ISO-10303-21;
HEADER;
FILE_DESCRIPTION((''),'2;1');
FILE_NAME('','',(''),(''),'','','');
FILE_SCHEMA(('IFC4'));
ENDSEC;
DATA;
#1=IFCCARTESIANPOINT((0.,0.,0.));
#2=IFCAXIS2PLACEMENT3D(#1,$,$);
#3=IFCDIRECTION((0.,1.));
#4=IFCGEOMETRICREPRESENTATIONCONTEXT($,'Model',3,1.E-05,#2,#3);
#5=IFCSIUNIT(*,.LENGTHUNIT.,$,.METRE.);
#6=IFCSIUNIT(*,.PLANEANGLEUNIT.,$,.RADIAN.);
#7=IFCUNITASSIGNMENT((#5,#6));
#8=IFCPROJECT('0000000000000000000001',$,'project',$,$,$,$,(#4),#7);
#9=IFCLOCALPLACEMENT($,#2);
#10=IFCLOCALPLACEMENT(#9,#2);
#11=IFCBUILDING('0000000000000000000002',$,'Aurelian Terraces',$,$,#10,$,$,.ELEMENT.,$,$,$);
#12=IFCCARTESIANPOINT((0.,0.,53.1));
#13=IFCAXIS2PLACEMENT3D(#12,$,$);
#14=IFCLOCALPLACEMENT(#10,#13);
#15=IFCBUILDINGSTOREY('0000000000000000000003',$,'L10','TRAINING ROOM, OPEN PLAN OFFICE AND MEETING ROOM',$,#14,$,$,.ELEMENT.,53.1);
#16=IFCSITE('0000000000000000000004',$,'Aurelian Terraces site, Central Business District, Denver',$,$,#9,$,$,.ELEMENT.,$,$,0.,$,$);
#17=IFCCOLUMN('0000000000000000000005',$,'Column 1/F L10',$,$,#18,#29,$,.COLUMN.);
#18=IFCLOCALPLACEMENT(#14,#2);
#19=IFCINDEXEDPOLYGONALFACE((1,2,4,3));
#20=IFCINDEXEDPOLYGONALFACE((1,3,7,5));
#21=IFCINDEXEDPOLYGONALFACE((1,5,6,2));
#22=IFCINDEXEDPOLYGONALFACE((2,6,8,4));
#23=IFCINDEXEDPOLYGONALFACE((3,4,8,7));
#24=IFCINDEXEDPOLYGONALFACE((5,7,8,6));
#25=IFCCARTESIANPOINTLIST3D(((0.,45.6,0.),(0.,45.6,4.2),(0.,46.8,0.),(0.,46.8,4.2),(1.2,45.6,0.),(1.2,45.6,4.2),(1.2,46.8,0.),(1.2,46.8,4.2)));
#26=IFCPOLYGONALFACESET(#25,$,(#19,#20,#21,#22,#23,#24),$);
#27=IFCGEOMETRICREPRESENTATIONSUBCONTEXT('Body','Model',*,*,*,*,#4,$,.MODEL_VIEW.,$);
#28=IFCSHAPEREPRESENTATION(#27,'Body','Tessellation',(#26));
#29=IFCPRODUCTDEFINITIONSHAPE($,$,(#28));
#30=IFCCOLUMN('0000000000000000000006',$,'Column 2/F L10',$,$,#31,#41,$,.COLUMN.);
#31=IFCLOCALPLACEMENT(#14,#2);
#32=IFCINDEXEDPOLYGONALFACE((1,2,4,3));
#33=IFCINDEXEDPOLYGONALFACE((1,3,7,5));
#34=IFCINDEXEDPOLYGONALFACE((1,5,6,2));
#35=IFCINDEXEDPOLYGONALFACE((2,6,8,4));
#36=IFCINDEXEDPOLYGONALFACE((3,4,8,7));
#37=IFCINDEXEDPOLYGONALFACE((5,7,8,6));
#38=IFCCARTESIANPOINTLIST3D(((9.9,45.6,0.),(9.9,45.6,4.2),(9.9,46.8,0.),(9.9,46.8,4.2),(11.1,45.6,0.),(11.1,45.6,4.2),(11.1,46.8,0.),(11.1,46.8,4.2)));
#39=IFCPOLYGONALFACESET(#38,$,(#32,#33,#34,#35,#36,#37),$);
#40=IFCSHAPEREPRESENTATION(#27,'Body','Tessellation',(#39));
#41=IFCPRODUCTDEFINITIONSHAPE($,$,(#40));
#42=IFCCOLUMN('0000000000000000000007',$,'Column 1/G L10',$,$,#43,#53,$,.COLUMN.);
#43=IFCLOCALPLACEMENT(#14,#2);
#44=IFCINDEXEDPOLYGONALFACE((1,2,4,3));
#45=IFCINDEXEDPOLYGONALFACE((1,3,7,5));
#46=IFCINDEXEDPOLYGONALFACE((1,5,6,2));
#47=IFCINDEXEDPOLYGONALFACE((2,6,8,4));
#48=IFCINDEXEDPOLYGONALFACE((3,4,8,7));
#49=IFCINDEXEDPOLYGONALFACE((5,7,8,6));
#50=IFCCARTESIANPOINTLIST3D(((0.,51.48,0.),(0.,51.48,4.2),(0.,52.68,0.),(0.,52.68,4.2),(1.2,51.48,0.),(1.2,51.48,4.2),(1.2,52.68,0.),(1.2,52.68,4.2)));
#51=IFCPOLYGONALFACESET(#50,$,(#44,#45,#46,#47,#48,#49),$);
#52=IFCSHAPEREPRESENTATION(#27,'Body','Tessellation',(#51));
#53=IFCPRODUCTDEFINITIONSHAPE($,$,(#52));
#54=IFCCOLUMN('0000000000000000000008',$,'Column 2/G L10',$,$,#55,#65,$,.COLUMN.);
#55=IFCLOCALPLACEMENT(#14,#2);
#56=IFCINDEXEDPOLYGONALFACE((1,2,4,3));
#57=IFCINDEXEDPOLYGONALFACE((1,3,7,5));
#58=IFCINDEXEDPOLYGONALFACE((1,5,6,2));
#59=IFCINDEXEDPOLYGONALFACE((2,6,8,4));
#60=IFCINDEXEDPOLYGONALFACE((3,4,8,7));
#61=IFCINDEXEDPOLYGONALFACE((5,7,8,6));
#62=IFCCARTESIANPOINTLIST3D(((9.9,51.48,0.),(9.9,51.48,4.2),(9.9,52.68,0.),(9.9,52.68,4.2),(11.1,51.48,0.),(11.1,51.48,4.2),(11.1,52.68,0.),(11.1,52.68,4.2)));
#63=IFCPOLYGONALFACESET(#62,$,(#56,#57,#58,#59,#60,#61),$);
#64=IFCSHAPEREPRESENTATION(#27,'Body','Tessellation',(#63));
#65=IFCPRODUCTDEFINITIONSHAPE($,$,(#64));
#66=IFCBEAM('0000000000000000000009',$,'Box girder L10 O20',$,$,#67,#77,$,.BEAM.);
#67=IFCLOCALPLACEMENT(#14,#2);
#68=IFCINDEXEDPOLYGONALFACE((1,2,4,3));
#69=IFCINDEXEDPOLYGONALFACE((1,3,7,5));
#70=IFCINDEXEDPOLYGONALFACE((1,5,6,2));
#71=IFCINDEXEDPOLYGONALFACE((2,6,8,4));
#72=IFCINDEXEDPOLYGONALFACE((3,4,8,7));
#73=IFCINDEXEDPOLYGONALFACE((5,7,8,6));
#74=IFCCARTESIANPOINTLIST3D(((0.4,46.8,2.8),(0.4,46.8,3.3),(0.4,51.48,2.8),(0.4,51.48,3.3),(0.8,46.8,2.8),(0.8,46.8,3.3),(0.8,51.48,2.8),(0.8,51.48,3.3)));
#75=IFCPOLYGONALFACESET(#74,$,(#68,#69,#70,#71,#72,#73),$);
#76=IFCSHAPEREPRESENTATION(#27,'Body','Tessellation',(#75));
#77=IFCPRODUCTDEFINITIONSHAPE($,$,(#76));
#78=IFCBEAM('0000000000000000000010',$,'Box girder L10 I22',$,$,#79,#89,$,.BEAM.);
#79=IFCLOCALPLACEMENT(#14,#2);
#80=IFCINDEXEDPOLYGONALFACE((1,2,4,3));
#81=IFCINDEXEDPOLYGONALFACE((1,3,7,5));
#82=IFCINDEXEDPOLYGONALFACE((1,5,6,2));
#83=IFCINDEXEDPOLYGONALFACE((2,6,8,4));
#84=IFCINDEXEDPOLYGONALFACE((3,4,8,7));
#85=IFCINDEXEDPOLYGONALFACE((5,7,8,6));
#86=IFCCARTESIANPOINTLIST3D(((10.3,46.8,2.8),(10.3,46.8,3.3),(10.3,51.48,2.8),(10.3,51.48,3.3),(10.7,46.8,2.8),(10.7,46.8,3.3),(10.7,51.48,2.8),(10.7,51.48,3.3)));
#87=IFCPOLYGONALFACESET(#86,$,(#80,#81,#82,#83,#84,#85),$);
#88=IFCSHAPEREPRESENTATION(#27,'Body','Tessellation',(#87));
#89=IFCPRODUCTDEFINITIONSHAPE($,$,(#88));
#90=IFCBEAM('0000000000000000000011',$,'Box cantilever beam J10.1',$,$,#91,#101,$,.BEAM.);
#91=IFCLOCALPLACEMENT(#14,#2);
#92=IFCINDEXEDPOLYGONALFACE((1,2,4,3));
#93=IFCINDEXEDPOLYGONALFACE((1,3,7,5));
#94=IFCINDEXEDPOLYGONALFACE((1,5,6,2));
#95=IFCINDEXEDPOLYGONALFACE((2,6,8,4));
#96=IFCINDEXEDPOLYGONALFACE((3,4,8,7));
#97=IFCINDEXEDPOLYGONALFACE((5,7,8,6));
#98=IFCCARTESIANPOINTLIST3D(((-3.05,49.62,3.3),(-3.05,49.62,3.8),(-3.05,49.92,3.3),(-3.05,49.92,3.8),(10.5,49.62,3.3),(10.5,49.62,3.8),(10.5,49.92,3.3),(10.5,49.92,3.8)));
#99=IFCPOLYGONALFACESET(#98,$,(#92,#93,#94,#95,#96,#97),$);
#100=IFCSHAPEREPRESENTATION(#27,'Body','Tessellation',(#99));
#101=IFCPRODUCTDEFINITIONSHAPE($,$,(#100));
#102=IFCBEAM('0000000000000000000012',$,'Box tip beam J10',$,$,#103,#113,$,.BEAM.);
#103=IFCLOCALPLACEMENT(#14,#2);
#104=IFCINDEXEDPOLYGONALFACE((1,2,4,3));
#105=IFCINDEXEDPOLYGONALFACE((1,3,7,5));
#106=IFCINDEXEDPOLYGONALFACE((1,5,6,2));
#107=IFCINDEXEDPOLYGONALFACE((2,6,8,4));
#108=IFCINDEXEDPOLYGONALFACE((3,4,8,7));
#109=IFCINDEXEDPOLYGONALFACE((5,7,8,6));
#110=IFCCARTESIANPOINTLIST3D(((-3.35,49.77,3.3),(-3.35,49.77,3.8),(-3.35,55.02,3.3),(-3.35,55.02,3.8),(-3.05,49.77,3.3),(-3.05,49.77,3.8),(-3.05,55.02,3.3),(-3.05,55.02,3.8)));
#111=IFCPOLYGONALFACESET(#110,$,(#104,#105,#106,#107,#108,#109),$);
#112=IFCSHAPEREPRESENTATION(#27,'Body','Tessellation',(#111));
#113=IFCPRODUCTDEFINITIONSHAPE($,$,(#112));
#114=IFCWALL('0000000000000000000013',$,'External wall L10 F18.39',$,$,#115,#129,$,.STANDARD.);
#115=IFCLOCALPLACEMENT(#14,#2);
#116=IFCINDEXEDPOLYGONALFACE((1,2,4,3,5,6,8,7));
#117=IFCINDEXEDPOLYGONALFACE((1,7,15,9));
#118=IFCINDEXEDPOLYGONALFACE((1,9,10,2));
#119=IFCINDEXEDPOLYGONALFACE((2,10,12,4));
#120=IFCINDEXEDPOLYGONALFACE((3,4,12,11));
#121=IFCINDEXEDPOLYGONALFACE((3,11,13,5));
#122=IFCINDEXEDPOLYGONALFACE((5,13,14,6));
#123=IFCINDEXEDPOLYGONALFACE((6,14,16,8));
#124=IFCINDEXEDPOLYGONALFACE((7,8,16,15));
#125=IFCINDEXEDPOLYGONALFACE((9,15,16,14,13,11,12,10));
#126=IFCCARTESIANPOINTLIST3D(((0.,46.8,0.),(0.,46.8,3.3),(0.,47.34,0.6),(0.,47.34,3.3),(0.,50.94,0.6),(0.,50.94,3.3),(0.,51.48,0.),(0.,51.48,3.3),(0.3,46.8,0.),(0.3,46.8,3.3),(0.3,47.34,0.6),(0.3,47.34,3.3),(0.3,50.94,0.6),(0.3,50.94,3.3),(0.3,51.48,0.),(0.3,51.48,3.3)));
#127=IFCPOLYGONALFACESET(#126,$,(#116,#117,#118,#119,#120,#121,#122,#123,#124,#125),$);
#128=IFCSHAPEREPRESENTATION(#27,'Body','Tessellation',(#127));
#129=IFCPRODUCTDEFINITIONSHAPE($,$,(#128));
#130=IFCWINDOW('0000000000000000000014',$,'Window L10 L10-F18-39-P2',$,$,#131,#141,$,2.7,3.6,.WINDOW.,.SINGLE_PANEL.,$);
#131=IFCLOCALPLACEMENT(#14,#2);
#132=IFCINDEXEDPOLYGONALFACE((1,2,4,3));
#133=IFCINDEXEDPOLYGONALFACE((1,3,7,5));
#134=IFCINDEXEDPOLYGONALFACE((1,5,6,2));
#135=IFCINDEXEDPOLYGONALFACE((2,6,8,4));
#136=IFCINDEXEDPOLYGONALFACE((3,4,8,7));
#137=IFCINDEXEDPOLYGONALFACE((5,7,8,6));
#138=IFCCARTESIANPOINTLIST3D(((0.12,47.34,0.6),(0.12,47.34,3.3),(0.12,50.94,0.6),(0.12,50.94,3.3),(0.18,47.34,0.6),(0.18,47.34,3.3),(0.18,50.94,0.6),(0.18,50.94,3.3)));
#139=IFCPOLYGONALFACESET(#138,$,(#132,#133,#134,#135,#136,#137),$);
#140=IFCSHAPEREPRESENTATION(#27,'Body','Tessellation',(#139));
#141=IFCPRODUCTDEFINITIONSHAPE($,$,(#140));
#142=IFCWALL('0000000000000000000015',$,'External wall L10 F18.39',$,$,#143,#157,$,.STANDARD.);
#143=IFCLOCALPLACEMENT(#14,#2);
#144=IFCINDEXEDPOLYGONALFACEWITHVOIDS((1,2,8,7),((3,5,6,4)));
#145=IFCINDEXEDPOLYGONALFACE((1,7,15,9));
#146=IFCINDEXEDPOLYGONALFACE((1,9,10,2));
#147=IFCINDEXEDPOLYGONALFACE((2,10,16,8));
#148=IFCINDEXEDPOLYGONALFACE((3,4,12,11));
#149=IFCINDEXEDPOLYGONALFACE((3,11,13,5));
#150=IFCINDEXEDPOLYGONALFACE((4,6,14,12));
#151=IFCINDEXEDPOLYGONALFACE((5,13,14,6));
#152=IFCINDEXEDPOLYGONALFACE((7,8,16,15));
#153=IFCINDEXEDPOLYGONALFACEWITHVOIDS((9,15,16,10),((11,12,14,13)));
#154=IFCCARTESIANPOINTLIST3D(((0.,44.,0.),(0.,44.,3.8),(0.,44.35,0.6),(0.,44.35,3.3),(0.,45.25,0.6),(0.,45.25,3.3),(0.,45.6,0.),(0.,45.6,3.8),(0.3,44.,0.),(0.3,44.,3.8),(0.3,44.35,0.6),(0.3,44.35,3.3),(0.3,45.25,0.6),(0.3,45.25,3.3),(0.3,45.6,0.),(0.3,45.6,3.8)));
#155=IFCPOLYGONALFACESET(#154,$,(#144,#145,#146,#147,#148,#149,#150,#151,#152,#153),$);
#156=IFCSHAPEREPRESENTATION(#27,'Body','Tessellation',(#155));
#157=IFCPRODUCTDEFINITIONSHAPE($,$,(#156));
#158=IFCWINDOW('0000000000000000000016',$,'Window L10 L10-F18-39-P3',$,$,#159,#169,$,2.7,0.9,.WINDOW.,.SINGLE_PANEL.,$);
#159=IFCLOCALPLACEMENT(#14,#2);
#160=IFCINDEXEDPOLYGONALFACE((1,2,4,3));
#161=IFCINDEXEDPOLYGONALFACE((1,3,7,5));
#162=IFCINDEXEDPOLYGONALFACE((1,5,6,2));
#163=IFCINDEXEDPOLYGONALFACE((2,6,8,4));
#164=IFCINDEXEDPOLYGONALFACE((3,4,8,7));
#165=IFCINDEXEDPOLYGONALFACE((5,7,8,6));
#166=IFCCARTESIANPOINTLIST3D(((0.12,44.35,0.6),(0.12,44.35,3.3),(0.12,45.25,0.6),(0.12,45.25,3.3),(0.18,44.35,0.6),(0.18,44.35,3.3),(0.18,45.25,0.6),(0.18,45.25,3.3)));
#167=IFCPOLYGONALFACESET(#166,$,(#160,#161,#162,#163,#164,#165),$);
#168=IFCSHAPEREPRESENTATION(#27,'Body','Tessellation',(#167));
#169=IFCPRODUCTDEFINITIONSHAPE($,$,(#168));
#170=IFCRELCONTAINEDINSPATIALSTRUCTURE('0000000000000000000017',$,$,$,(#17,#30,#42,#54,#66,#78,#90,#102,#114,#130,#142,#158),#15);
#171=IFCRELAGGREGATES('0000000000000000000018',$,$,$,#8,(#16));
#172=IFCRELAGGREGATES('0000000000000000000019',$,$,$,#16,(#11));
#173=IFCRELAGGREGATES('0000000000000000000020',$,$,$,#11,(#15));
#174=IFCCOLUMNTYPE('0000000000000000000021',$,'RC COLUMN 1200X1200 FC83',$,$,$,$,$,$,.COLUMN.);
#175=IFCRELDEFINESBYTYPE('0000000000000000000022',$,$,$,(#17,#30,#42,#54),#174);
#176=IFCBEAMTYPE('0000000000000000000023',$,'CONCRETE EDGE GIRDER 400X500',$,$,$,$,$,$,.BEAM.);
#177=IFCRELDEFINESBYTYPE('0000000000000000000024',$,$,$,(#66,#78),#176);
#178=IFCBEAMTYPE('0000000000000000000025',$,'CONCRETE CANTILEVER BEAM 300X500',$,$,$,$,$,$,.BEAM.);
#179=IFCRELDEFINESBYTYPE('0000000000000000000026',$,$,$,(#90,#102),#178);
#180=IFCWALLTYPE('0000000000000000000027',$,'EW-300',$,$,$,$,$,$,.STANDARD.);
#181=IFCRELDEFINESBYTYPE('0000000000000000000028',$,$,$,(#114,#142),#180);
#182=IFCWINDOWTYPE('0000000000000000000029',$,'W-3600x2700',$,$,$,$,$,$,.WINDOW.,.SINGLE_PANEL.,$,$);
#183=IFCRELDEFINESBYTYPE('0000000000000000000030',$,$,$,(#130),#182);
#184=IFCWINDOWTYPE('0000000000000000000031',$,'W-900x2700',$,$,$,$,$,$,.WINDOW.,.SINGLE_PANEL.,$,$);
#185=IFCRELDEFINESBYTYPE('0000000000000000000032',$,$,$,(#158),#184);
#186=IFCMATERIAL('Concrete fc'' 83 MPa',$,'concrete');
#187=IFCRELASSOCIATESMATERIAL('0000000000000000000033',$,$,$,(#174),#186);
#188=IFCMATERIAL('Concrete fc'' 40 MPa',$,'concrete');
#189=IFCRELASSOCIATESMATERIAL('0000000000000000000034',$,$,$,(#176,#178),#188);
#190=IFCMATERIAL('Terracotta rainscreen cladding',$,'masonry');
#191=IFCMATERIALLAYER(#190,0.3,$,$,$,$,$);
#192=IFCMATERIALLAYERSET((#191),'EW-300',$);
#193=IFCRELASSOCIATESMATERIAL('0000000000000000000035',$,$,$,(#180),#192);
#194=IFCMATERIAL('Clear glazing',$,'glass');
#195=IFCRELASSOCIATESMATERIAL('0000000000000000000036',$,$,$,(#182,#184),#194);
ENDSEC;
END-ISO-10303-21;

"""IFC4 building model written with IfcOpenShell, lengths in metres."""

from ifc_helpers import new_model, si_unit, direction, frame, frame_2d, origin, origin_2d, place, context, subcontext, project, spatial, rectangle, extrude, source, transform, mapped, material, layer, layer_set, material_profile, profile_set, type_object, element, fill, save


model = new_model("IFC4")

# Units and contexts
model_context = context("Model", 3, precision=1e-05, world=origin(), true_north=direction((0.0, 1.0)))
body_context = subcontext(model_context, "Body", "Model", "MODEL_VIEW")
ifc_project = project(units=[si_unit("LENGTHUNIT", "METRE"), si_unit("PLANEANGLEUNIT", "RADIAN")], contexts=[model_context])

# Site, building, storey
site_placement = place(None, origin())
site = spatial("IfcSite", under=ifc_project, at=site_placement, Name="Aurelian Terraces site, Central Business District, Denver", CompositionType="ELEMENT", RefElevation=0.0)
building_placement = place(site_placement, origin())
building = spatial("IfcBuilding", under=site, at=building_placement, Name="Aurelian Terraces", CompositionType="ELEMENT")
storey_placement = place(building_placement, frame((0.0, 0.0, 53.1)))
storey = spatial("IfcBuildingStorey", under=building, at=storey_placement, Name="L10", Description="TRAINING ROOM, OPEN PLAN OFFICE AND MEETING ROOM", CompositionType="ELEMENT", Elevation=53.1)

# Columns
ifc_material_1 = material(Name="Concrete fc' 83 MPa", Category="concrete")
ifc_material_profile_1 = material_profile(ifc_material_1, rectangle(XDim=1.2, YDim=1.2, at=origin_2d()))
ifc_profile_set_1 = profile_set([ifc_material_profile_1], Name="Concrete fc' 83 MPa")
column_type = type_object("IfcColumnType", Name="RC COLUMN 1200X1200 FC83", PredefinedType="COLUMN", material=ifc_profile_set_1)
shared_shape_1 = source(origin(), body_context, "Body", "SweptSolid", [
    extrude(rectangle(XDim=1.2, YDim=1.2, at=origin_2d()), origin(), (0.0, 0.0, 1.0), 4.2),
])
for number, where, z_axis, x_axis, name in (
    (1, (0.6, 46.2, 0.0), (0.0, 0.0, 1.0), (1.0, 0.0, 0.0), "Column 1/F L10"),
    (2, (10.5, 46.2, 0.0), (0.0, 0.0, 1.0), (1.0, 0.0, 0.0), "Column 2/F L10"),
    (3, (0.6, 52.08, 0.0), (0.0, 0.0, 1.0), (1.0, 0.0, 0.0), "Column 1/G L10"),
    (4, (10.5, 52.08, 0.0), (0.0, 0.0, 1.0), (1.0, 0.0, 0.0), "Column 2/G L10"),
):
    element("IfcColumn", number, at=place(storey_placement, frame(where, z_axis=z_axis, x_axis=x_axis)), inside=storey, type_object=column_type, Name=name, PredefinedType="COLUMN", context=body_context, shape_type="MappedRepresentation", body=[
        mapped(shared_shape_1, transform((0.0, 0.0, 0.0), scale=1.0)),
    ])

# Beams
ifc_material_2 = material(Name="Concrete fc' 40 MPa", Category="concrete")
ifc_material_profile_2 = material_profile(ifc_material_2, rectangle(XDim=0.4, YDim=0.5, at=origin_2d()))
ifc_profile_set_2 = profile_set([ifc_material_profile_2], Name="Concrete fc' 40 MPa")
beam_type_1 = type_object("IfcBeamType", Name="CONCRETE EDGE GIRDER 400X500", PredefinedType="BEAM", material=ifc_profile_set_2)
shared_shape_2 = source(origin(), body_context, "Body", "SweptSolid", [
    extrude(rectangle(XDim=0.4, YDim=0.5, at=origin_2d()), origin(), (0.0, 0.0, 1.0), 4.68),
])
for number, where, z_axis, x_axis, name in (
    (5, (0.6, 46.8, 3.05), (0.0, 1.0, 0.0), (-1.0, 0.0, 0.0), "Box girder L10 O20"),
    (6, (10.5, 46.8, 3.05), (0.0, 1.0, 0.0), (-1.0, 0.0, 0.0), "Box girder L10 I22"),
):
    element("IfcBeam", number, at=place(storey_placement, frame(where, z_axis=z_axis, x_axis=x_axis)), inside=storey, type_object=beam_type_1, Name=name, PredefinedType="BEAM", context=body_context, shape_type="MappedRepresentation", body=[
        mapped(shared_shape_2, transform((0.0, 0.0, 0.0), scale=1.0)),
    ])
ifc_material_profile_3 = material_profile(ifc_material_2, rectangle(XDim=0.3, YDim=0.5, at=origin_2d()))
ifc_profile_set_3 = profile_set([ifc_material_profile_3], Name="Concrete fc' 40 MPa")
beam_type_2 = type_object("IfcBeamType", Name="CONCRETE CANTILEVER BEAM 300X500", PredefinedType="BEAM", material=ifc_profile_set_3)
shared_shape_3 = source(origin(), body_context, "Body", "SweptSolid", [
    extrude(rectangle(XDim=0.3, YDim=0.5, at=origin_2d()), origin(), (0.0, 0.0, 1.0), 13.55),
])
beam_1_placement = place(storey_placement, frame((-3.05, 49.77, 3.55), z_axis=(1.0, 0.0, 0.0), x_axis=(0.0, 1.0, 0.0)))
element("IfcBeam", 7, at=beam_1_placement, inside=storey, type_object=beam_type_2, Name="Box cantilever beam J10.1", PredefinedType="BEAM", context=body_context, shape_type="MappedRepresentation", body=[
    mapped(shared_shape_3, transform((0.0, 0.0, 0.0), scale=1.0)),
])
shared_shape_4 = source(origin(), body_context, "Body", "SweptSolid", [
    extrude(rectangle(XDim=0.3, YDim=0.5, at=origin_2d()), origin(), (0.0, 0.0, 1.0), 5.25),
])
beam_2_placement = place(storey_placement, frame((-3.2, 49.77, 3.55), z_axis=(0.0, 1.0, 0.0), x_axis=(-1.0, 0.0, 0.0)))
element("IfcBeam", 8, at=beam_2_placement, inside=storey, type_object=beam_type_2, Name="Box tip beam J10", PredefinedType="BEAM", context=body_context, shape_type="MappedRepresentation", body=[
    mapped(shared_shape_4, transform((0.0, 0.0, 0.0), scale=1.0)),
])

# Walls, openings, windows
ifc_material_3 = material(Name="Terracotta rainscreen cladding", Category="masonry")
ifc_layer_1 = layer(ifc_material_3, 0.3)
ifc_layer_set_1 = layer_set([ifc_layer_1], Name="EW-300")
wall_type_1 = type_object("IfcWallType", Name="EW-300", PredefinedType="STANDARD", material=ifc_layer_set_1)
shared_shape_5 = source(origin(), body_context, "Body", "SweptSolid", [
    extrude(rectangle(XDim=4.68, YDim=0.3, at=frame_2d((2.34, 0.0))), origin(), (0.0, 0.0, 1.0), 3.3),
])
wall_1_placement = place(storey_placement, frame((0.15, 51.48, 0.0), z_axis=(0.0, 0.0, 1.0), x_axis=(0.0, -1.0, 0.0)))
wall_1 = element("IfcWall", 9, at=wall_1_placement, inside=storey, type_object=wall_type_1, Name="External wall L10 F18.39", PredefinedType="STANDARD", context=body_context, shape_type="MappedRepresentation", body=[
    mapped(shared_shape_5, transform((0.0, 0.0, 0.0), scale=1.0)),
])
shared_shape_6 = source(origin(), body_context, "Body", "SweptSolid", [
    extrude(rectangle(XDim=3.6, YDim=2.7, at=frame_2d((1.8, 1.35))), frame((0.0, 0.16, 0.0), z_axis=(0.0, -1.0, 0.0), x_axis=(1.0, 0.0, 0.0)), (0.0, 0.0, 1.0), 0.32),
])
opening_1_placement = place(wall_1_placement, frame((0.54, 0.0, 0.6)))
opening_1 = element("IfcOpeningElement", 10, at=opening_1_placement, cuts=wall_1, PredefinedType="OPENING", context=body_context, shape_type="MappedRepresentation", body=[
    mapped(shared_shape_6, transform((0.0, 0.0, 0.0), scale=1.0)),
])
ifc_material_4 = material(Name="Clear glazing", Category="glass")
window_type_1 = type_object("IfcWindowType", Name="W-3600x2700", PartitioningType="SINGLE_PANEL", PredefinedType="WINDOW", material=ifc_material_4)
shared_shape_7 = source(origin(), body_context, "Body", "SweptSolid", [
    extrude(rectangle(XDim=3.6, YDim=2.7, at=frame_2d((1.8, 1.35))), frame((0.0, 0.03, 0.0), z_axis=(0.0, -1.0, 0.0), x_axis=(1.0, 0.0, 0.0)), (0.0, 0.0, 1.0), 0.06),
])
window_1_placement = place(opening_1_placement, origin())
window_1 = element("IfcWindow", 11, at=window_1_placement, inside=storey, type_object=window_type_1, Name="Window L10 L10-F18-39-P2", OverallHeight=2.7, OverallWidth=3.6, PartitioningType="SINGLE_PANEL", PredefinedType="WINDOW", context=body_context, shape_type="MappedRepresentation", body=[
    mapped(shared_shape_7, transform((0.0, 0.0, 0.0), scale=1.0)),
])
fill(opening_1, window_1)
shared_shape_8 = source(origin(), body_context, "Body", "SweptSolid", [
    extrude(rectangle(XDim=1.6, YDim=0.3, at=frame_2d((0.8, 0.0))), origin(), (0.0, 0.0, 1.0), 3.8),
])
wall_2_placement = place(storey_placement, frame((0.15, 45.6, 0.0), z_axis=(0.0, 0.0, 1.0), x_axis=(0.0, -1.0, 0.0)))
wall_2 = element("IfcWall", 12, at=wall_2_placement, inside=storey, type_object=wall_type_1, Name="External wall L10 F18.39", PredefinedType="STANDARD", context=body_context, shape_type="MappedRepresentation", body=[
    mapped(shared_shape_8, transform((0.0, 0.0, 0.0), scale=1.0)),
])
shared_shape_9 = source(origin(), body_context, "Body", "SweptSolid", [
    extrude(rectangle(XDim=0.9, YDim=2.7, at=frame_2d((0.45, 1.35))), frame((0.0, 0.16, 0.0), z_axis=(0.0, -1.0, 0.0), x_axis=(1.0, 0.0, 0.0)), (0.0, 0.0, 1.0), 0.32),
])
opening_2_placement = place(wall_2_placement, frame((0.35, 0.0, 0.6)))
opening_2 = element("IfcOpeningElement", 13, at=opening_2_placement, cuts=wall_2, PredefinedType="OPENING", context=body_context, shape_type="MappedRepresentation", body=[
    mapped(shared_shape_9, transform((0.0, 0.0, 0.0), scale=1.0)),
])
window_type_2 = type_object("IfcWindowType", Name="W-900x2700", PartitioningType="SINGLE_PANEL", PredefinedType="WINDOW", material=ifc_material_4)
shared_shape_10 = source(origin(), body_context, "Body", "SweptSolid", [
    extrude(rectangle(XDim=0.9, YDim=2.7, at=frame_2d((0.45, 1.35))), frame((0.0, 0.03, 0.0), z_axis=(0.0, -1.0, 0.0), x_axis=(1.0, 0.0, 0.0)), (0.0, 0.0, 1.0), 0.06),
])
window_2_placement = place(opening_2_placement, origin())
window_2 = element("IfcWindow", 14, at=window_2_placement, inside=storey, type_object=window_type_2, Name="Window L10 L10-F18-39-P3", OverallHeight=2.7, OverallWidth=0.9, PartitioningType="SINGLE_PANEL", PredefinedType="WINDOW", context=body_context, shape_type="MappedRepresentation", body=[
    mapped(shared_shape_10, transform((0.0, 0.0, 0.0), scale=1.0)),
])
fill(opening_2, window_2)

save(model, "model.ifc")
